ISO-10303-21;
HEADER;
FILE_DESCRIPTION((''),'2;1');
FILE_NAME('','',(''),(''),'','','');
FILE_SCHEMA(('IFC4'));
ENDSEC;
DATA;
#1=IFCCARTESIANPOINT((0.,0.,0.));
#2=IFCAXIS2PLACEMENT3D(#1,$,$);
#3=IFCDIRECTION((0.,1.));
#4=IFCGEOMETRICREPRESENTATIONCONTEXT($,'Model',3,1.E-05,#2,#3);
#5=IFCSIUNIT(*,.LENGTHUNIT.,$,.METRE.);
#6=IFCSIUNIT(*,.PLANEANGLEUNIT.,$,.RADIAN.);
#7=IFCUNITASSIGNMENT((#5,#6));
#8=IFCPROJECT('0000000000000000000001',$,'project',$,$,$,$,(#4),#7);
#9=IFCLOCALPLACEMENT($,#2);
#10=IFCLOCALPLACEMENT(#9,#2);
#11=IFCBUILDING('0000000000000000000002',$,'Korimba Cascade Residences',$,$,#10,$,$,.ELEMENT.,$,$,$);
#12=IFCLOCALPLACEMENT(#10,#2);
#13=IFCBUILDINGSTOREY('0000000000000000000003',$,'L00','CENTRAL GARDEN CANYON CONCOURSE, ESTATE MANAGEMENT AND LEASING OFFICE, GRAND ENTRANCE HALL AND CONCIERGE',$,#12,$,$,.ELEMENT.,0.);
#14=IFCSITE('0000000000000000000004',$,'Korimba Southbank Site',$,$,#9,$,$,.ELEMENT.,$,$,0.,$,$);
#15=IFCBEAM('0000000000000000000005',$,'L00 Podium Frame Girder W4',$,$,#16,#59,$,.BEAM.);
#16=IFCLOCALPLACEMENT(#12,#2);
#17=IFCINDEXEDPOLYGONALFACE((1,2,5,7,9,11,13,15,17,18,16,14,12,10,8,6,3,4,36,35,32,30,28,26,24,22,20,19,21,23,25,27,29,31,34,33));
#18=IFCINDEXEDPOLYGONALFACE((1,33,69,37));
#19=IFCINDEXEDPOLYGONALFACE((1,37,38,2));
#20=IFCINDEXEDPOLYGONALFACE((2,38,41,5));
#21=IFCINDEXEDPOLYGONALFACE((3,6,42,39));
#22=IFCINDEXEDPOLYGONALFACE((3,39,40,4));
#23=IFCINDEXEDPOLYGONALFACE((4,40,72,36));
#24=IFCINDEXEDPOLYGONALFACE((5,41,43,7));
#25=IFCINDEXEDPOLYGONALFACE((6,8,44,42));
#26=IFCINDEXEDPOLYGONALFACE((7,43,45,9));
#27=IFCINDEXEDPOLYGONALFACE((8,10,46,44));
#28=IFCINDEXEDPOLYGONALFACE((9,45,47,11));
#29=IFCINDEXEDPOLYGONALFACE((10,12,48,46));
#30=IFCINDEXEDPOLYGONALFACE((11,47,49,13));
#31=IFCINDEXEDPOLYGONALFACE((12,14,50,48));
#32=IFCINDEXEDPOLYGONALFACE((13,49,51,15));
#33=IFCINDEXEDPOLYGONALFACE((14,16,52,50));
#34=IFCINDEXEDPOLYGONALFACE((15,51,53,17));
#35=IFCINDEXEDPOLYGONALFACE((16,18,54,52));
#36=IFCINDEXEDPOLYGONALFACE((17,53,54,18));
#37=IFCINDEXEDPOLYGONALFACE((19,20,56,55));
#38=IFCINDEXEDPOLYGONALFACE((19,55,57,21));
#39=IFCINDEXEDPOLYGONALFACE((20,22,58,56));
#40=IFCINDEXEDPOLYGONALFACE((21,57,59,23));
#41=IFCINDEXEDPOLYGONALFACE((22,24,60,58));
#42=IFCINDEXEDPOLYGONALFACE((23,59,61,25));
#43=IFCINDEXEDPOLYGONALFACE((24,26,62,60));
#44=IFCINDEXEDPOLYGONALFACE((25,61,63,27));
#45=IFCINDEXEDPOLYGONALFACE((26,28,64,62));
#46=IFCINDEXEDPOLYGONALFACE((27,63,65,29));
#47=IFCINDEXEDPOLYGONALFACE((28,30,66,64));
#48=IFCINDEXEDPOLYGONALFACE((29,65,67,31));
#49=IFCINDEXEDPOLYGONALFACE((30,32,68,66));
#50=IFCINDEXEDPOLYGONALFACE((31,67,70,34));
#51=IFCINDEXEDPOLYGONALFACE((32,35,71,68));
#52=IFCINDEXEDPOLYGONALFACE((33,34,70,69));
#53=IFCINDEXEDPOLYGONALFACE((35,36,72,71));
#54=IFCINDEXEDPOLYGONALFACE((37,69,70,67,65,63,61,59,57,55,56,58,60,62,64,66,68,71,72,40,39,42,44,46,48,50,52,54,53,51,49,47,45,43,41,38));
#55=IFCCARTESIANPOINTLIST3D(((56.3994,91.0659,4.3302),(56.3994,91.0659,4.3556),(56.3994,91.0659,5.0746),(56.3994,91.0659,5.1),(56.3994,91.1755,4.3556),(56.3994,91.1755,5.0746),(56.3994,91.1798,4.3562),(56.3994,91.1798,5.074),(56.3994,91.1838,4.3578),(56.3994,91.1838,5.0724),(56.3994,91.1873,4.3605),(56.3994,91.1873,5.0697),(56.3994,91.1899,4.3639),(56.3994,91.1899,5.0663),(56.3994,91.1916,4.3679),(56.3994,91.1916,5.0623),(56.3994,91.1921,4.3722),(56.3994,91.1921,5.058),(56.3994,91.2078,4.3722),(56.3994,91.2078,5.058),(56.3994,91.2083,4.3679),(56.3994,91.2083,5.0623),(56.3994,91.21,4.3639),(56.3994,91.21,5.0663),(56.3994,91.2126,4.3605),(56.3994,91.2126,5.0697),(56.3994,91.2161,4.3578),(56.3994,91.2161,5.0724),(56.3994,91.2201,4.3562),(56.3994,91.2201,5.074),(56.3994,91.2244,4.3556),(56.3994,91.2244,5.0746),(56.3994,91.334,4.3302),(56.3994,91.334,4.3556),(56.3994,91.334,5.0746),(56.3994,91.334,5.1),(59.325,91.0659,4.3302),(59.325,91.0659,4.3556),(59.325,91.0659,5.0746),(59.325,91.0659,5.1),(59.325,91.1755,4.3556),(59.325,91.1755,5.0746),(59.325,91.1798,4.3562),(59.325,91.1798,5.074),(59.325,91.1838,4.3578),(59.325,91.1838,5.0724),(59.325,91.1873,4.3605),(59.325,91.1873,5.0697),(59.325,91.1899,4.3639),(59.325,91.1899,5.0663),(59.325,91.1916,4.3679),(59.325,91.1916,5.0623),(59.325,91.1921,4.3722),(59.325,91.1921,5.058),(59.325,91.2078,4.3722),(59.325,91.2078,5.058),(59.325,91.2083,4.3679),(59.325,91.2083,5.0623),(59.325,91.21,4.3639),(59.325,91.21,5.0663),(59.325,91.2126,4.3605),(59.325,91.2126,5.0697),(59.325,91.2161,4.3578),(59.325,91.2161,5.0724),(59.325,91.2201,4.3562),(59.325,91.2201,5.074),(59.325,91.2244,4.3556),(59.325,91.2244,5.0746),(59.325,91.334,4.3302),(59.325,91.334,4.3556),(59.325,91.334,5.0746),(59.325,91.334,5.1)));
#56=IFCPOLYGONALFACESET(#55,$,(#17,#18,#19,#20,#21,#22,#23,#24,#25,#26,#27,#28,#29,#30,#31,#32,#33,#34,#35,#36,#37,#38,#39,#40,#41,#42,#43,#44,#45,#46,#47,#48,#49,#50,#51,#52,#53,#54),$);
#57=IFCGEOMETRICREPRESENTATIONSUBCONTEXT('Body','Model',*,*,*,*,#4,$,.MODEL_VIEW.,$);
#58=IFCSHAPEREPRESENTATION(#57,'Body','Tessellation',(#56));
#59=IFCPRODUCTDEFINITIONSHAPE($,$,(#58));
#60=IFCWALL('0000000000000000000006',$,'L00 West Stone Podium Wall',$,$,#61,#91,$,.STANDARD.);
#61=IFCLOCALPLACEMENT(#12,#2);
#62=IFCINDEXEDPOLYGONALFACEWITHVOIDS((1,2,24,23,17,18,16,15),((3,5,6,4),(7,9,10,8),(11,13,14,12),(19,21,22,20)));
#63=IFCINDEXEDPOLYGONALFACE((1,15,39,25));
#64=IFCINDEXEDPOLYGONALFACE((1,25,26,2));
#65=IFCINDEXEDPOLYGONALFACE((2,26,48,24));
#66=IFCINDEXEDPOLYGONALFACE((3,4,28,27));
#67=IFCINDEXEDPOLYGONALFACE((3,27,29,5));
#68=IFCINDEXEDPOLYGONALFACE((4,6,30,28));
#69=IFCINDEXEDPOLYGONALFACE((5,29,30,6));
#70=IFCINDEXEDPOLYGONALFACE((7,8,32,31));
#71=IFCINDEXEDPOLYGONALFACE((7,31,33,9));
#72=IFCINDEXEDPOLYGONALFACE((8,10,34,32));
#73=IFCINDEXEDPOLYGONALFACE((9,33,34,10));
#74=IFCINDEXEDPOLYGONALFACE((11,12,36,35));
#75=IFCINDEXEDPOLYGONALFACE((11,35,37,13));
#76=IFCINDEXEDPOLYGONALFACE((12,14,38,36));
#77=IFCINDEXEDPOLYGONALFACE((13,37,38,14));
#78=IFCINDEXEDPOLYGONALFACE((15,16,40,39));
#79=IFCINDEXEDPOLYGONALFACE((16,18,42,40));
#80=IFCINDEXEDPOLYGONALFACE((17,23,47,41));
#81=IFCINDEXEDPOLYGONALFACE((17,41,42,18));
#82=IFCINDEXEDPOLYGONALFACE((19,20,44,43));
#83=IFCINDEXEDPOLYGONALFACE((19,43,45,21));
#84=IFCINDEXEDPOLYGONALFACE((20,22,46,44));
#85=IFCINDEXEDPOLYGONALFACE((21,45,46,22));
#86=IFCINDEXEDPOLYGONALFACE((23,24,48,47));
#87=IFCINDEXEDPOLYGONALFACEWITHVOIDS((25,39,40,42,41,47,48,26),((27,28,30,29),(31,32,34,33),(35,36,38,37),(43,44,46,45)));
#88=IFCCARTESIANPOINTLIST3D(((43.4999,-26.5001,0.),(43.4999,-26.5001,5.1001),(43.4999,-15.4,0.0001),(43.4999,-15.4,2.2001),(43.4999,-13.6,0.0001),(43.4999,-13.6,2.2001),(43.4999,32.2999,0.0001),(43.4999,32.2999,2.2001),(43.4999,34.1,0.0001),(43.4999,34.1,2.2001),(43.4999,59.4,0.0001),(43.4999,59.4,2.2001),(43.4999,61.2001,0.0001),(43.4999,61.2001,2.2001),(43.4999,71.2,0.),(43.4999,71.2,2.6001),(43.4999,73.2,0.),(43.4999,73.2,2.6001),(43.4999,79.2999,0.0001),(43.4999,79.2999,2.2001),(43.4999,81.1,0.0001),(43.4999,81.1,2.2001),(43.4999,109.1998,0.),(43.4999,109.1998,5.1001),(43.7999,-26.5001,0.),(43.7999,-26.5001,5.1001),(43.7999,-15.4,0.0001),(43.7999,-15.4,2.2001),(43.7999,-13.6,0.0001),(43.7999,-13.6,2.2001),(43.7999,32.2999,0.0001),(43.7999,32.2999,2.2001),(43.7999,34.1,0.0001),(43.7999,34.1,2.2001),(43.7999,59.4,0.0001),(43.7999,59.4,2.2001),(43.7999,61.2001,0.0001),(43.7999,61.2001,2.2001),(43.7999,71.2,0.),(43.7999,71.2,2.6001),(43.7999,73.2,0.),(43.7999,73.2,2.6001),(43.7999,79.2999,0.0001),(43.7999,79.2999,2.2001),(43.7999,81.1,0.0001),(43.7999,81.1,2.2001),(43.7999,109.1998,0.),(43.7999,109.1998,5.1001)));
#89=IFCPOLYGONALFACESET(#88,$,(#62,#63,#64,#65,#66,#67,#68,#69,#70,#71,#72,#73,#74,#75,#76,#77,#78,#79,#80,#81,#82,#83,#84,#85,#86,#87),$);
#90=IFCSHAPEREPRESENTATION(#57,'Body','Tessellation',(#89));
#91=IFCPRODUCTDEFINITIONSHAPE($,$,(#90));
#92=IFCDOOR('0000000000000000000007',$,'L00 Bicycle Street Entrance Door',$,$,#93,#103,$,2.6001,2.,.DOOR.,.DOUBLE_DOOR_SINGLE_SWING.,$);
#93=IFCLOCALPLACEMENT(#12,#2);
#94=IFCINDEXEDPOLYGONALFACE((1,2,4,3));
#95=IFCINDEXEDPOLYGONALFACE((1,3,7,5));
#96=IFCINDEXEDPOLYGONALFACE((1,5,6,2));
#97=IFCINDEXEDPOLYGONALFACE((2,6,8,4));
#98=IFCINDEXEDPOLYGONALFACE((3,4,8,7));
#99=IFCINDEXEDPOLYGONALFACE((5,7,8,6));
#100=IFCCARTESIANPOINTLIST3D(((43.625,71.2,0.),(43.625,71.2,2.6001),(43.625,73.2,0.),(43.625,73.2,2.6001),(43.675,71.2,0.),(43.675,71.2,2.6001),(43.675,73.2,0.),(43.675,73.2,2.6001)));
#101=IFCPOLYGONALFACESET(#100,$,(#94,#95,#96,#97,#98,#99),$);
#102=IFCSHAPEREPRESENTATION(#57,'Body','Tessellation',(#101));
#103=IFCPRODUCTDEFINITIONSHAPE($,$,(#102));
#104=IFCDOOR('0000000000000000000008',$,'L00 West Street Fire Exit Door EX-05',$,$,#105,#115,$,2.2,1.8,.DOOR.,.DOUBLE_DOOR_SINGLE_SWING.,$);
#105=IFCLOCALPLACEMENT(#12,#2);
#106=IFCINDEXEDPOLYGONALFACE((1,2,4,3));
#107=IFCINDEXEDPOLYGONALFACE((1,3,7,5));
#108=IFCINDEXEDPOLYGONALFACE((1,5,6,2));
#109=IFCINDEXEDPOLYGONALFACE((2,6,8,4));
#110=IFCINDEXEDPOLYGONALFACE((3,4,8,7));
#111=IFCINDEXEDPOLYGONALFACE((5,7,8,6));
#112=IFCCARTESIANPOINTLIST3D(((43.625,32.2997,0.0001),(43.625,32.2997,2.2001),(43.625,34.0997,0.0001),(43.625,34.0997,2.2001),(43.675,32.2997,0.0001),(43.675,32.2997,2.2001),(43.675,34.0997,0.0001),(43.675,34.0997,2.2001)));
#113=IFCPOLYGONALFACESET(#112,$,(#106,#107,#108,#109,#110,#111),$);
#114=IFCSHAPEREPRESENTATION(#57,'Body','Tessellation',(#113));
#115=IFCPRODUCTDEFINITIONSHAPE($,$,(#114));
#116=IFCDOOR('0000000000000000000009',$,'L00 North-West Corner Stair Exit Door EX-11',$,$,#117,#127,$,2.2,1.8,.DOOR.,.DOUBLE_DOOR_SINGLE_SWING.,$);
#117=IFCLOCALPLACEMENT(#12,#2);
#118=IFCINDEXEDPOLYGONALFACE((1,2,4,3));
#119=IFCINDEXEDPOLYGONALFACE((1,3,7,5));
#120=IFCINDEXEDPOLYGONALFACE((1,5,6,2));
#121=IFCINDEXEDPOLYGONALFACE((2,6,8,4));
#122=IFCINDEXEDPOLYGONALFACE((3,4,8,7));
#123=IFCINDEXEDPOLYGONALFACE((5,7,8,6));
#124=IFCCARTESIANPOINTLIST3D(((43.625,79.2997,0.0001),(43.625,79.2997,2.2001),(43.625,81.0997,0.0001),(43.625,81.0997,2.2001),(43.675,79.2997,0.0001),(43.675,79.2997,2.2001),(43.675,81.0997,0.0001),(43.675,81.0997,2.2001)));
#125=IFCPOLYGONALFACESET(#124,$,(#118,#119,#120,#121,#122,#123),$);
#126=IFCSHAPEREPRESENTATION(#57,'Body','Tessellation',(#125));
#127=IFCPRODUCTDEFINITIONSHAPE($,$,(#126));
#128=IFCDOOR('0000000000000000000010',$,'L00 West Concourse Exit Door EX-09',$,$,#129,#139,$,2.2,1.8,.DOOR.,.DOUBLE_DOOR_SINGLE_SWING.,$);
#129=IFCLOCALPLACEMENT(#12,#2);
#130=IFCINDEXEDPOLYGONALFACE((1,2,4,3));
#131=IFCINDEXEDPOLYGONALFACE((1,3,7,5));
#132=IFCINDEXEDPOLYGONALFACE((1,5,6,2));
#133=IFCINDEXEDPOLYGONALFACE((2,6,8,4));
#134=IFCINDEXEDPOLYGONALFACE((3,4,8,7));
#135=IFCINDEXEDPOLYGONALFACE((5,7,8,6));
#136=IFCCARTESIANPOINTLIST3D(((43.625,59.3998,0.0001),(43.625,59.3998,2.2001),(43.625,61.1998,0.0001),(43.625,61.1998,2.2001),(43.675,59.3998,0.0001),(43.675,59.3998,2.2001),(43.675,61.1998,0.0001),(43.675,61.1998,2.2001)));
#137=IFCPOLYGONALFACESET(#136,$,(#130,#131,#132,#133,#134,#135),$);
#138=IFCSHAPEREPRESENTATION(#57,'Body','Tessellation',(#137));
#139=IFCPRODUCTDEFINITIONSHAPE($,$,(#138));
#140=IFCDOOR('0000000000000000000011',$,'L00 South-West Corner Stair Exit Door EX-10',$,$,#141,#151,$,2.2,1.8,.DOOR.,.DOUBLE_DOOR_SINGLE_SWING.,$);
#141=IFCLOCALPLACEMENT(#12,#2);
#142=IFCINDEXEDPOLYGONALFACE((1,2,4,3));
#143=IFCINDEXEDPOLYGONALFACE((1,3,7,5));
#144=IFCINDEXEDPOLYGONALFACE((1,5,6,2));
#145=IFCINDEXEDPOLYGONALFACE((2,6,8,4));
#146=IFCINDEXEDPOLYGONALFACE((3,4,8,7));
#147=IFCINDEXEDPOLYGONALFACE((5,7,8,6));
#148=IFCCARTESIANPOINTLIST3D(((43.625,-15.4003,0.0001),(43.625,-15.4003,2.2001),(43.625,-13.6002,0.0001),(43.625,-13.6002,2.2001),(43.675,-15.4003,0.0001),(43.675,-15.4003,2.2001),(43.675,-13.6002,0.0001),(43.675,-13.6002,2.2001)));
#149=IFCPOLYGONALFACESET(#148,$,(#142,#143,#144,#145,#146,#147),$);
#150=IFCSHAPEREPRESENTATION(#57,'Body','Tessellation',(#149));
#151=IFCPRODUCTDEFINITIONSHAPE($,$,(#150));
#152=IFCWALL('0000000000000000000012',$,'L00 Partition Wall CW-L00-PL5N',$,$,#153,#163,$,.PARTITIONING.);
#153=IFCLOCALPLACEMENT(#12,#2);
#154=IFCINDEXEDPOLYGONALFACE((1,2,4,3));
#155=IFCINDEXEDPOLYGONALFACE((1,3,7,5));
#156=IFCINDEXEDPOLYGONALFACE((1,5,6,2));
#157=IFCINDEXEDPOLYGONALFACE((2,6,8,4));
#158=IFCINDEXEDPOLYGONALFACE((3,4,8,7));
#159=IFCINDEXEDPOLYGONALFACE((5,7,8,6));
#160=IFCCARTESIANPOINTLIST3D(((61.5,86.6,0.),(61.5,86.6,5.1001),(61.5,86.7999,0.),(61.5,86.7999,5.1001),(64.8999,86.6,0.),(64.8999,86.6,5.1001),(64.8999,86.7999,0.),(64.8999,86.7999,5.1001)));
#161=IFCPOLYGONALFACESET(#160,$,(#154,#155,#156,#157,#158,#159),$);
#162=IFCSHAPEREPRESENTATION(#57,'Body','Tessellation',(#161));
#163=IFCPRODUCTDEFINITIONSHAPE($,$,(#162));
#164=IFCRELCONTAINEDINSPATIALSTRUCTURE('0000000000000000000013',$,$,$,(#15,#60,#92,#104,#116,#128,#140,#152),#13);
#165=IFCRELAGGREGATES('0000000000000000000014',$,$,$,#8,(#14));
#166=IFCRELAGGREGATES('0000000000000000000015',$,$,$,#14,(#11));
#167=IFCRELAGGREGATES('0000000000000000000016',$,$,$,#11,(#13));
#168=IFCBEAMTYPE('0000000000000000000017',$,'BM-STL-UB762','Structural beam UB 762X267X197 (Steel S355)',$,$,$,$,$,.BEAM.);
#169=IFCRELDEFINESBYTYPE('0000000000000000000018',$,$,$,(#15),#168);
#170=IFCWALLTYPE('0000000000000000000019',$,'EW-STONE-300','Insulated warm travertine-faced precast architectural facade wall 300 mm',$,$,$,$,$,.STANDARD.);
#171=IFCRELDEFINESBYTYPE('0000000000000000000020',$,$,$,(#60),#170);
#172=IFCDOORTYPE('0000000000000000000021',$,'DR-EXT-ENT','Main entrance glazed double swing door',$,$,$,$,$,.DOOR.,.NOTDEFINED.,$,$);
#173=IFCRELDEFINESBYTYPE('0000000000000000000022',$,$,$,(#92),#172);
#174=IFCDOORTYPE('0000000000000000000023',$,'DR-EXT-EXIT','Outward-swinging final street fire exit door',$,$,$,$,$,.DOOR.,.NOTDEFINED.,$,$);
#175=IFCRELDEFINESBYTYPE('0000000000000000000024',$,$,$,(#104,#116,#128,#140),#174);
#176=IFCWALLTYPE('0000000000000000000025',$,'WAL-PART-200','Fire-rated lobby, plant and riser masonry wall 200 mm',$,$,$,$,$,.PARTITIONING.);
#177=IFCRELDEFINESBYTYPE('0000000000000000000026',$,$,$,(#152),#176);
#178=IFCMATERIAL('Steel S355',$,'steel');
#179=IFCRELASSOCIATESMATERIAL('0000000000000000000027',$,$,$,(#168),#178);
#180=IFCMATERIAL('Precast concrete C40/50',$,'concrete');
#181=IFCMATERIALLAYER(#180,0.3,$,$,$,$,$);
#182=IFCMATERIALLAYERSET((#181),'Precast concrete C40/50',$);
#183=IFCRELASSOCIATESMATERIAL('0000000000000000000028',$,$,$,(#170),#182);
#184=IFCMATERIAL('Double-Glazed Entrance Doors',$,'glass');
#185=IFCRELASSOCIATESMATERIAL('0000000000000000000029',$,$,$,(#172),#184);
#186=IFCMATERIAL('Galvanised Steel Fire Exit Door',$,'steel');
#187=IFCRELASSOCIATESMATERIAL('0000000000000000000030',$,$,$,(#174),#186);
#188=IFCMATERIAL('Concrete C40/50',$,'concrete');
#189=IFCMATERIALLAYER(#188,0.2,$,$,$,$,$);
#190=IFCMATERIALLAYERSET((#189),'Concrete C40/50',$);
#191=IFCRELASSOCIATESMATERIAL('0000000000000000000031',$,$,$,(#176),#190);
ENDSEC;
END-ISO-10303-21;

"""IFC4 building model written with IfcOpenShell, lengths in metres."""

from ifc_helpers import new_model, si_unit, direction, frame, frame_2d, origin, origin_2d, place, context, subcontext, project, spatial, rectangle, i_section, extrude, material, layer, layer_set, material_profile, profile_set, type_object, element, fill, save


model = new_model("IFC4")

# Units and contexts
model_context = context("Model", 3, precision=1e-05, world=origin(), true_north=direction((0.0, 1.0)))
body_context = subcontext(model_context, "Body", "Model", "MODEL_VIEW")
ifc_project = project(units=[si_unit("LENGTHUNIT", "METRE"), si_unit("PLANEANGLEUNIT", "RADIAN")], contexts=[model_context])

# Site, building, storey
site_placement = place(None, origin())
site = spatial("IfcSite", under=ifc_project, at=site_placement, Name="Korimba Southbank Site", CompositionType="ELEMENT", RefElevation=0.0)
building_placement = place(site_placement, origin())
building = spatial("IfcBuilding", under=site, at=building_placement, Name="Korimba Cascade Residences", CompositionType="ELEMENT")
storey_placement = place(building_placement, origin())
storey = spatial("IfcBuildingStorey", under=building, at=storey_placement, Name="L00", Description="CENTRAL GARDEN CANYON CONCOURSE, ESTATE MANAGEMENT AND LEASING OFFICE, GRAND ENTRANCE HALL AND CONCIERGE", CompositionType="ELEMENT", Elevation=0.0)

# Shared definitions
ifc_material_1 = material(Name="Steel S355", Category="steel")

# Beam
ifc_material_profile_1 = material_profile(ifc_material_1, i_section(OverallWidth=0.2681, OverallDepth=0.7698, WebThickness=0.0156, FlangeThickness=0.0254, FilletRadius=0.0166, at=origin_2d()), Name="Steel S355")
ifc_profile_set_1 = profile_set([ifc_material_profile_1], Name="Steel S355")
beam_type_1 = type_object("IfcBeamType", Name="BM-STL-UB762", Description="Structural beam UB 762X267X197 (Steel S355)", PredefinedType="BEAM", material=ifc_profile_set_1)
beam_1_placement = place(storey_placement, frame((56.3994, 91.2, 4.7151), z_axis=(1.0, 0.0, 0.0), x_axis=(0.0, 1.0, 0.0)))
element("IfcBeam", 1, at=beam_1_placement, inside=storey, type_object=beam_type_1, Name="L00 Podium Frame Girder W4", PredefinedType="BEAM", context=body_context, shape_type="SweptSolid", body=[
    extrude(i_section(OverallWidth=0.2681, OverallDepth=0.7698, WebThickness=0.0156, FlangeThickness=0.0254, FilletRadius=0.0166, at=origin_2d()), origin(), (0.0, 0.0, 1.0), 2.9255),
])

# Wall, openings, doors
ifc_material_2 = material(Name="Precast concrete C40/50", Category="concrete")
ifc_layer_1 = layer(ifc_material_2, 0.3)
ifc_layer_set_1 = layer_set([ifc_layer_1], Name="Precast concrete C40/50")
wall_type_1 = type_object("IfcWallType", Name="EW-STONE-300", Description="Insulated warm travertine-faced precast architectural facade wall 300 mm", PredefinedType="STANDARD", material=ifc_layer_set_1)
wall_1_placement = place(storey_placement, frame((43.6499, 109.2, 0.0), z_axis=(0.0, 0.0, 1.0), x_axis=(0.0, -1.0, 0.0)))
wall_1 = element("IfcWall", 2, at=wall_1_placement, inside=storey, type_object=wall_type_1, Name="L00 West Stone Podium Wall", PredefinedType="STANDARD", context=body_context, shape_type="SweptSolid", body=[
    extrude(rectangle(XDim=135.7, YDim=0.3, at=frame_2d((67.8501, 0.0))), origin(), (0.0, 0.0, 1.0), 5.1001),
])
opening_1_placement = place(wall_1_placement, frame((75.1001, 0.0, 0.0)))
opening_1 = element("IfcOpeningElement", 3, at=opening_1_placement, cuts=wall_1, PredefinedType="OPENING", context=body_context, shape_type="SweptSolid", body=[
    extrude(rectangle(XDim=1.8, YDim=2.2, at=frame_2d((0.8999, 1.1001))), frame((0.0, 0.1602, 0.0), z_axis=(0.0, -1.0, 0.0), x_axis=(1.0, 0.0, 0.0)), (0.0, 0.0, 1.0), 0.3201),
])
opening_2_placement = place(wall_1_placement, frame((28.1001, 0.0, 0.0)))
opening_2 = element("IfcOpeningElement", 4, at=opening_2_placement, cuts=wall_1, PredefinedType="OPENING", context=body_context, shape_type="SweptSolid", body=[
    extrude(rectangle(XDim=1.8, YDim=2.2, at=frame_2d((0.8999, 1.1001))), frame((0.0, 0.1602, 0.0), z_axis=(0.0, -1.0, 0.0), x_axis=(1.0, 0.0, 0.0)), (0.0, 0.0, 1.0), 0.3201),
])
opening_3_placement = place(wall_1_placement, frame((36.0, 0.0, 0.0)))
opening_3 = element("IfcOpeningElement", 5, at=opening_3_placement, cuts=wall_1, PredefinedType="OPENING", context=body_context, shape_type="SweptSolid", body=[
    extrude(rectangle(XDim=2.0, YDim=2.6001, at=frame_2d((1.0, 1.3))), frame((0.0, 0.1602, 0.0), z_axis=(0.0, -1.0, 0.0), x_axis=(1.0, 0.0, 0.0)), (0.0, 0.0, 1.0), 0.3201),
])
opening_4_placement = place(wall_1_placement, frame((48.0, 0.0, 0.0)))
opening_4 = element("IfcOpeningElement", 6, at=opening_4_placement, cuts=wall_1, PredefinedType="OPENING", context=body_context, shape_type="SweptSolid", body=[
    extrude(rectangle(XDim=1.8, YDim=2.2, at=frame_2d((0.8999, 1.1001))), frame((0.0, 0.1602, 0.0), z_axis=(0.0, -1.0, 0.0), x_axis=(1.0, 0.0, 0.0)), (0.0, 0.0, 1.0), 0.3201),
])
opening_5_placement = place(wall_1_placement, frame((122.8, 0.0, 0.0)))
opening_5 = element("IfcOpeningElement", 7, at=opening_5_placement, cuts=wall_1, PredefinedType="OPENING", context=body_context, shape_type="SweptSolid", body=[
    extrude(rectangle(XDim=1.8, YDim=2.2, at=frame_2d((0.8999, 1.1001))), frame((0.0, 0.1602, 0.0), z_axis=(0.0, -1.0, 0.0), x_axis=(1.0, 0.0, 0.0)), (0.0, 0.0, 1.0), 0.3201),
])
ifc_material_3 = material(Name="Double-Glazed Entrance Doors", Category="glass")
door_type_1 = type_object("IfcDoorType", Name="DR-EXT-ENT", Description="Main entrance glazed double swing door", OperationType="NOTDEFINED", PredefinedType="DOOR", material=ifc_material_3)
door_1_placement = place(opening_3_placement, frame((2.0, 0.0, 0.0), z_axis=(0.0, 0.0, 1.0), x_axis=(-1.0, 0.0, 0.0)))
door_1 = element("IfcDoor", 8, at=door_1_placement, inside=storey, type_object=door_type_1, Name="L00 Bicycle Street Entrance Door", OperationType="DOUBLE_DOOR_SINGLE_SWING", OverallHeight=2.6001, OverallWidth=2.0, PredefinedType="DOOR", context=body_context, shape_type="SweptSolid", body=[
    extrude(rectangle(XDim=2.0, YDim=2.6001, at=frame_2d((1.0, 1.3))), frame((0.0, 0.0249, 0.0), z_axis=(0.0, -1.0, 0.0), x_axis=(1.0, 0.0, 0.0)), (0.0, 0.0, 1.0), 0.05),
])
fill(opening_3, door_1)
ifc_material_4 = material(Name="Galvanised Steel Fire Exit Door", Category="steel")
door_type_2 = type_object("IfcDoorType", Name="DR-EXT-EXIT", Description="Outward-swinging final street fire exit door", OperationType="NOTDEFINED", PredefinedType="DOOR", material=ifc_material_4)
door_2_placement = place(opening_1_placement, frame((1.8, 0.0, 0.0), z_axis=(0.0, 0.0, 1.0), x_axis=(-1.0, 0.0, 0.0)))
door_2 = element("IfcDoor", 9, at=door_2_placement, inside=storey, type_object=door_type_2, Name="L00 West Street Fire Exit Door EX-05", OperationType="DOUBLE_DOOR_SINGLE_SWING", OverallHeight=2.2, OverallWidth=1.8, PredefinedType="DOOR", context=body_context, shape_type="SweptSolid", body=[
    extrude(rectangle(XDim=1.8, YDim=2.2, at=frame_2d((0.8999, 1.1001))), frame((0.0, 0.0249, 0.0), z_axis=(0.0, -1.0, 0.0), x_axis=(1.0, 0.0, 0.0)), (0.0, 0.0, 1.0), 0.05),
])
fill(opening_1, door_2)
door_3_placement = place(opening_2_placement, frame((1.8, 0.0, 0.0), z_axis=(0.0, 0.0, 1.0), x_axis=(-1.0, 0.0, 0.0)))
door_3 = element("IfcDoor", 10, at=door_3_placement, inside=storey, type_object=door_type_2, Name="L00 North-West Corner Stair Exit Door EX-11", OperationType="DOUBLE_DOOR_SINGLE_SWING", OverallHeight=2.2, OverallWidth=1.8, PredefinedType="DOOR", context=body_context, shape_type="SweptSolid", body=[
    extrude(rectangle(XDim=1.8, YDim=2.2, at=frame_2d((0.8999, 1.1001))), frame((0.0, 0.0249, 0.0), z_axis=(0.0, -1.0, 0.0), x_axis=(1.0, 0.0, 0.0)), (0.0, 0.0, 1.0), 0.05),
])
fill(opening_2, door_3)
door_4_placement = place(opening_4_placement, frame((1.8, 0.0, 0.0), z_axis=(0.0, 0.0, 1.0), x_axis=(-1.0, 0.0, 0.0)))
door_4 = element("IfcDoor", 11, at=door_4_placement, inside=storey, type_object=door_type_2, Name="L00 West Concourse Exit Door EX-09", OperationType="DOUBLE_DOOR_SINGLE_SWING", OverallHeight=2.2, OverallWidth=1.8, PredefinedType="DOOR", context=body_context, shape_type="SweptSolid", body=[
    extrude(rectangle(XDim=1.8, YDim=2.2, at=frame_2d((0.8999, 1.1001))), frame((0.0, 0.0249, 0.0), z_axis=(0.0, -1.0, 0.0), x_axis=(1.0, 0.0, 0.0)), (0.0, 0.0, 1.0), 0.05),
])
fill(opening_4, door_4)
door_5_placement = place(opening_5_placement, frame((1.8, 0.0, 0.0), z_axis=(0.0, 0.0, 1.0), x_axis=(-1.0, 0.0, 0.0)))
door_5 = element("IfcDoor", 12, at=door_5_placement, inside=storey, type_object=door_type_2, Name="L00 South-West Corner Stair Exit Door EX-10", OperationType="DOUBLE_DOOR_SINGLE_SWING", OverallHeight=2.2, OverallWidth=1.8, PredefinedType="DOOR", context=body_context, shape_type="SweptSolid", body=[
    extrude(rectangle(XDim=1.8, YDim=2.2, at=frame_2d((0.8999, 1.1001))), frame((0.0, 0.0249, 0.0), z_axis=(0.0, -1.0, 0.0), x_axis=(1.0, 0.0, 0.0)), (0.0, 0.0, 1.0), 0.05),
])
fill(opening_5, door_5)

# Wall
ifc_material_5 = material(Name="Concrete C40/50", Category="concrete")
ifc_layer_2 = layer(ifc_material_5, 0.2)
ifc_layer_set_2 = layer_set([ifc_layer_2], Name="Concrete C40/50")
wall_type_2 = type_object("IfcWallType", Name="WAL-PART-200", Description="Fire-rated lobby, plant and riser masonry wall 200 mm", PredefinedType="PARTITIONING", material=ifc_layer_set_2)
wall_2_placement = place(storey_placement, frame((61.5, 86.7, 0.0), z_axis=(0.0, 0.0, 1.0), x_axis=(1.0, 0.0, 0.0)))
element("IfcWall", 13, at=wall_2_placement, inside=storey, type_object=wall_type_2, Name="L00 Partition Wall CW-L00-PL5N", PredefinedType="PARTITIONING", context=body_context, shape_type="SweptSolid", body=[
    extrude(rectangle(XDim=3.3999, YDim=0.2, at=frame_2d((1.7, 0.0))), origin(), (0.0, 0.0, 1.0), 5.1001),
])

save(model, "model.ifc")
